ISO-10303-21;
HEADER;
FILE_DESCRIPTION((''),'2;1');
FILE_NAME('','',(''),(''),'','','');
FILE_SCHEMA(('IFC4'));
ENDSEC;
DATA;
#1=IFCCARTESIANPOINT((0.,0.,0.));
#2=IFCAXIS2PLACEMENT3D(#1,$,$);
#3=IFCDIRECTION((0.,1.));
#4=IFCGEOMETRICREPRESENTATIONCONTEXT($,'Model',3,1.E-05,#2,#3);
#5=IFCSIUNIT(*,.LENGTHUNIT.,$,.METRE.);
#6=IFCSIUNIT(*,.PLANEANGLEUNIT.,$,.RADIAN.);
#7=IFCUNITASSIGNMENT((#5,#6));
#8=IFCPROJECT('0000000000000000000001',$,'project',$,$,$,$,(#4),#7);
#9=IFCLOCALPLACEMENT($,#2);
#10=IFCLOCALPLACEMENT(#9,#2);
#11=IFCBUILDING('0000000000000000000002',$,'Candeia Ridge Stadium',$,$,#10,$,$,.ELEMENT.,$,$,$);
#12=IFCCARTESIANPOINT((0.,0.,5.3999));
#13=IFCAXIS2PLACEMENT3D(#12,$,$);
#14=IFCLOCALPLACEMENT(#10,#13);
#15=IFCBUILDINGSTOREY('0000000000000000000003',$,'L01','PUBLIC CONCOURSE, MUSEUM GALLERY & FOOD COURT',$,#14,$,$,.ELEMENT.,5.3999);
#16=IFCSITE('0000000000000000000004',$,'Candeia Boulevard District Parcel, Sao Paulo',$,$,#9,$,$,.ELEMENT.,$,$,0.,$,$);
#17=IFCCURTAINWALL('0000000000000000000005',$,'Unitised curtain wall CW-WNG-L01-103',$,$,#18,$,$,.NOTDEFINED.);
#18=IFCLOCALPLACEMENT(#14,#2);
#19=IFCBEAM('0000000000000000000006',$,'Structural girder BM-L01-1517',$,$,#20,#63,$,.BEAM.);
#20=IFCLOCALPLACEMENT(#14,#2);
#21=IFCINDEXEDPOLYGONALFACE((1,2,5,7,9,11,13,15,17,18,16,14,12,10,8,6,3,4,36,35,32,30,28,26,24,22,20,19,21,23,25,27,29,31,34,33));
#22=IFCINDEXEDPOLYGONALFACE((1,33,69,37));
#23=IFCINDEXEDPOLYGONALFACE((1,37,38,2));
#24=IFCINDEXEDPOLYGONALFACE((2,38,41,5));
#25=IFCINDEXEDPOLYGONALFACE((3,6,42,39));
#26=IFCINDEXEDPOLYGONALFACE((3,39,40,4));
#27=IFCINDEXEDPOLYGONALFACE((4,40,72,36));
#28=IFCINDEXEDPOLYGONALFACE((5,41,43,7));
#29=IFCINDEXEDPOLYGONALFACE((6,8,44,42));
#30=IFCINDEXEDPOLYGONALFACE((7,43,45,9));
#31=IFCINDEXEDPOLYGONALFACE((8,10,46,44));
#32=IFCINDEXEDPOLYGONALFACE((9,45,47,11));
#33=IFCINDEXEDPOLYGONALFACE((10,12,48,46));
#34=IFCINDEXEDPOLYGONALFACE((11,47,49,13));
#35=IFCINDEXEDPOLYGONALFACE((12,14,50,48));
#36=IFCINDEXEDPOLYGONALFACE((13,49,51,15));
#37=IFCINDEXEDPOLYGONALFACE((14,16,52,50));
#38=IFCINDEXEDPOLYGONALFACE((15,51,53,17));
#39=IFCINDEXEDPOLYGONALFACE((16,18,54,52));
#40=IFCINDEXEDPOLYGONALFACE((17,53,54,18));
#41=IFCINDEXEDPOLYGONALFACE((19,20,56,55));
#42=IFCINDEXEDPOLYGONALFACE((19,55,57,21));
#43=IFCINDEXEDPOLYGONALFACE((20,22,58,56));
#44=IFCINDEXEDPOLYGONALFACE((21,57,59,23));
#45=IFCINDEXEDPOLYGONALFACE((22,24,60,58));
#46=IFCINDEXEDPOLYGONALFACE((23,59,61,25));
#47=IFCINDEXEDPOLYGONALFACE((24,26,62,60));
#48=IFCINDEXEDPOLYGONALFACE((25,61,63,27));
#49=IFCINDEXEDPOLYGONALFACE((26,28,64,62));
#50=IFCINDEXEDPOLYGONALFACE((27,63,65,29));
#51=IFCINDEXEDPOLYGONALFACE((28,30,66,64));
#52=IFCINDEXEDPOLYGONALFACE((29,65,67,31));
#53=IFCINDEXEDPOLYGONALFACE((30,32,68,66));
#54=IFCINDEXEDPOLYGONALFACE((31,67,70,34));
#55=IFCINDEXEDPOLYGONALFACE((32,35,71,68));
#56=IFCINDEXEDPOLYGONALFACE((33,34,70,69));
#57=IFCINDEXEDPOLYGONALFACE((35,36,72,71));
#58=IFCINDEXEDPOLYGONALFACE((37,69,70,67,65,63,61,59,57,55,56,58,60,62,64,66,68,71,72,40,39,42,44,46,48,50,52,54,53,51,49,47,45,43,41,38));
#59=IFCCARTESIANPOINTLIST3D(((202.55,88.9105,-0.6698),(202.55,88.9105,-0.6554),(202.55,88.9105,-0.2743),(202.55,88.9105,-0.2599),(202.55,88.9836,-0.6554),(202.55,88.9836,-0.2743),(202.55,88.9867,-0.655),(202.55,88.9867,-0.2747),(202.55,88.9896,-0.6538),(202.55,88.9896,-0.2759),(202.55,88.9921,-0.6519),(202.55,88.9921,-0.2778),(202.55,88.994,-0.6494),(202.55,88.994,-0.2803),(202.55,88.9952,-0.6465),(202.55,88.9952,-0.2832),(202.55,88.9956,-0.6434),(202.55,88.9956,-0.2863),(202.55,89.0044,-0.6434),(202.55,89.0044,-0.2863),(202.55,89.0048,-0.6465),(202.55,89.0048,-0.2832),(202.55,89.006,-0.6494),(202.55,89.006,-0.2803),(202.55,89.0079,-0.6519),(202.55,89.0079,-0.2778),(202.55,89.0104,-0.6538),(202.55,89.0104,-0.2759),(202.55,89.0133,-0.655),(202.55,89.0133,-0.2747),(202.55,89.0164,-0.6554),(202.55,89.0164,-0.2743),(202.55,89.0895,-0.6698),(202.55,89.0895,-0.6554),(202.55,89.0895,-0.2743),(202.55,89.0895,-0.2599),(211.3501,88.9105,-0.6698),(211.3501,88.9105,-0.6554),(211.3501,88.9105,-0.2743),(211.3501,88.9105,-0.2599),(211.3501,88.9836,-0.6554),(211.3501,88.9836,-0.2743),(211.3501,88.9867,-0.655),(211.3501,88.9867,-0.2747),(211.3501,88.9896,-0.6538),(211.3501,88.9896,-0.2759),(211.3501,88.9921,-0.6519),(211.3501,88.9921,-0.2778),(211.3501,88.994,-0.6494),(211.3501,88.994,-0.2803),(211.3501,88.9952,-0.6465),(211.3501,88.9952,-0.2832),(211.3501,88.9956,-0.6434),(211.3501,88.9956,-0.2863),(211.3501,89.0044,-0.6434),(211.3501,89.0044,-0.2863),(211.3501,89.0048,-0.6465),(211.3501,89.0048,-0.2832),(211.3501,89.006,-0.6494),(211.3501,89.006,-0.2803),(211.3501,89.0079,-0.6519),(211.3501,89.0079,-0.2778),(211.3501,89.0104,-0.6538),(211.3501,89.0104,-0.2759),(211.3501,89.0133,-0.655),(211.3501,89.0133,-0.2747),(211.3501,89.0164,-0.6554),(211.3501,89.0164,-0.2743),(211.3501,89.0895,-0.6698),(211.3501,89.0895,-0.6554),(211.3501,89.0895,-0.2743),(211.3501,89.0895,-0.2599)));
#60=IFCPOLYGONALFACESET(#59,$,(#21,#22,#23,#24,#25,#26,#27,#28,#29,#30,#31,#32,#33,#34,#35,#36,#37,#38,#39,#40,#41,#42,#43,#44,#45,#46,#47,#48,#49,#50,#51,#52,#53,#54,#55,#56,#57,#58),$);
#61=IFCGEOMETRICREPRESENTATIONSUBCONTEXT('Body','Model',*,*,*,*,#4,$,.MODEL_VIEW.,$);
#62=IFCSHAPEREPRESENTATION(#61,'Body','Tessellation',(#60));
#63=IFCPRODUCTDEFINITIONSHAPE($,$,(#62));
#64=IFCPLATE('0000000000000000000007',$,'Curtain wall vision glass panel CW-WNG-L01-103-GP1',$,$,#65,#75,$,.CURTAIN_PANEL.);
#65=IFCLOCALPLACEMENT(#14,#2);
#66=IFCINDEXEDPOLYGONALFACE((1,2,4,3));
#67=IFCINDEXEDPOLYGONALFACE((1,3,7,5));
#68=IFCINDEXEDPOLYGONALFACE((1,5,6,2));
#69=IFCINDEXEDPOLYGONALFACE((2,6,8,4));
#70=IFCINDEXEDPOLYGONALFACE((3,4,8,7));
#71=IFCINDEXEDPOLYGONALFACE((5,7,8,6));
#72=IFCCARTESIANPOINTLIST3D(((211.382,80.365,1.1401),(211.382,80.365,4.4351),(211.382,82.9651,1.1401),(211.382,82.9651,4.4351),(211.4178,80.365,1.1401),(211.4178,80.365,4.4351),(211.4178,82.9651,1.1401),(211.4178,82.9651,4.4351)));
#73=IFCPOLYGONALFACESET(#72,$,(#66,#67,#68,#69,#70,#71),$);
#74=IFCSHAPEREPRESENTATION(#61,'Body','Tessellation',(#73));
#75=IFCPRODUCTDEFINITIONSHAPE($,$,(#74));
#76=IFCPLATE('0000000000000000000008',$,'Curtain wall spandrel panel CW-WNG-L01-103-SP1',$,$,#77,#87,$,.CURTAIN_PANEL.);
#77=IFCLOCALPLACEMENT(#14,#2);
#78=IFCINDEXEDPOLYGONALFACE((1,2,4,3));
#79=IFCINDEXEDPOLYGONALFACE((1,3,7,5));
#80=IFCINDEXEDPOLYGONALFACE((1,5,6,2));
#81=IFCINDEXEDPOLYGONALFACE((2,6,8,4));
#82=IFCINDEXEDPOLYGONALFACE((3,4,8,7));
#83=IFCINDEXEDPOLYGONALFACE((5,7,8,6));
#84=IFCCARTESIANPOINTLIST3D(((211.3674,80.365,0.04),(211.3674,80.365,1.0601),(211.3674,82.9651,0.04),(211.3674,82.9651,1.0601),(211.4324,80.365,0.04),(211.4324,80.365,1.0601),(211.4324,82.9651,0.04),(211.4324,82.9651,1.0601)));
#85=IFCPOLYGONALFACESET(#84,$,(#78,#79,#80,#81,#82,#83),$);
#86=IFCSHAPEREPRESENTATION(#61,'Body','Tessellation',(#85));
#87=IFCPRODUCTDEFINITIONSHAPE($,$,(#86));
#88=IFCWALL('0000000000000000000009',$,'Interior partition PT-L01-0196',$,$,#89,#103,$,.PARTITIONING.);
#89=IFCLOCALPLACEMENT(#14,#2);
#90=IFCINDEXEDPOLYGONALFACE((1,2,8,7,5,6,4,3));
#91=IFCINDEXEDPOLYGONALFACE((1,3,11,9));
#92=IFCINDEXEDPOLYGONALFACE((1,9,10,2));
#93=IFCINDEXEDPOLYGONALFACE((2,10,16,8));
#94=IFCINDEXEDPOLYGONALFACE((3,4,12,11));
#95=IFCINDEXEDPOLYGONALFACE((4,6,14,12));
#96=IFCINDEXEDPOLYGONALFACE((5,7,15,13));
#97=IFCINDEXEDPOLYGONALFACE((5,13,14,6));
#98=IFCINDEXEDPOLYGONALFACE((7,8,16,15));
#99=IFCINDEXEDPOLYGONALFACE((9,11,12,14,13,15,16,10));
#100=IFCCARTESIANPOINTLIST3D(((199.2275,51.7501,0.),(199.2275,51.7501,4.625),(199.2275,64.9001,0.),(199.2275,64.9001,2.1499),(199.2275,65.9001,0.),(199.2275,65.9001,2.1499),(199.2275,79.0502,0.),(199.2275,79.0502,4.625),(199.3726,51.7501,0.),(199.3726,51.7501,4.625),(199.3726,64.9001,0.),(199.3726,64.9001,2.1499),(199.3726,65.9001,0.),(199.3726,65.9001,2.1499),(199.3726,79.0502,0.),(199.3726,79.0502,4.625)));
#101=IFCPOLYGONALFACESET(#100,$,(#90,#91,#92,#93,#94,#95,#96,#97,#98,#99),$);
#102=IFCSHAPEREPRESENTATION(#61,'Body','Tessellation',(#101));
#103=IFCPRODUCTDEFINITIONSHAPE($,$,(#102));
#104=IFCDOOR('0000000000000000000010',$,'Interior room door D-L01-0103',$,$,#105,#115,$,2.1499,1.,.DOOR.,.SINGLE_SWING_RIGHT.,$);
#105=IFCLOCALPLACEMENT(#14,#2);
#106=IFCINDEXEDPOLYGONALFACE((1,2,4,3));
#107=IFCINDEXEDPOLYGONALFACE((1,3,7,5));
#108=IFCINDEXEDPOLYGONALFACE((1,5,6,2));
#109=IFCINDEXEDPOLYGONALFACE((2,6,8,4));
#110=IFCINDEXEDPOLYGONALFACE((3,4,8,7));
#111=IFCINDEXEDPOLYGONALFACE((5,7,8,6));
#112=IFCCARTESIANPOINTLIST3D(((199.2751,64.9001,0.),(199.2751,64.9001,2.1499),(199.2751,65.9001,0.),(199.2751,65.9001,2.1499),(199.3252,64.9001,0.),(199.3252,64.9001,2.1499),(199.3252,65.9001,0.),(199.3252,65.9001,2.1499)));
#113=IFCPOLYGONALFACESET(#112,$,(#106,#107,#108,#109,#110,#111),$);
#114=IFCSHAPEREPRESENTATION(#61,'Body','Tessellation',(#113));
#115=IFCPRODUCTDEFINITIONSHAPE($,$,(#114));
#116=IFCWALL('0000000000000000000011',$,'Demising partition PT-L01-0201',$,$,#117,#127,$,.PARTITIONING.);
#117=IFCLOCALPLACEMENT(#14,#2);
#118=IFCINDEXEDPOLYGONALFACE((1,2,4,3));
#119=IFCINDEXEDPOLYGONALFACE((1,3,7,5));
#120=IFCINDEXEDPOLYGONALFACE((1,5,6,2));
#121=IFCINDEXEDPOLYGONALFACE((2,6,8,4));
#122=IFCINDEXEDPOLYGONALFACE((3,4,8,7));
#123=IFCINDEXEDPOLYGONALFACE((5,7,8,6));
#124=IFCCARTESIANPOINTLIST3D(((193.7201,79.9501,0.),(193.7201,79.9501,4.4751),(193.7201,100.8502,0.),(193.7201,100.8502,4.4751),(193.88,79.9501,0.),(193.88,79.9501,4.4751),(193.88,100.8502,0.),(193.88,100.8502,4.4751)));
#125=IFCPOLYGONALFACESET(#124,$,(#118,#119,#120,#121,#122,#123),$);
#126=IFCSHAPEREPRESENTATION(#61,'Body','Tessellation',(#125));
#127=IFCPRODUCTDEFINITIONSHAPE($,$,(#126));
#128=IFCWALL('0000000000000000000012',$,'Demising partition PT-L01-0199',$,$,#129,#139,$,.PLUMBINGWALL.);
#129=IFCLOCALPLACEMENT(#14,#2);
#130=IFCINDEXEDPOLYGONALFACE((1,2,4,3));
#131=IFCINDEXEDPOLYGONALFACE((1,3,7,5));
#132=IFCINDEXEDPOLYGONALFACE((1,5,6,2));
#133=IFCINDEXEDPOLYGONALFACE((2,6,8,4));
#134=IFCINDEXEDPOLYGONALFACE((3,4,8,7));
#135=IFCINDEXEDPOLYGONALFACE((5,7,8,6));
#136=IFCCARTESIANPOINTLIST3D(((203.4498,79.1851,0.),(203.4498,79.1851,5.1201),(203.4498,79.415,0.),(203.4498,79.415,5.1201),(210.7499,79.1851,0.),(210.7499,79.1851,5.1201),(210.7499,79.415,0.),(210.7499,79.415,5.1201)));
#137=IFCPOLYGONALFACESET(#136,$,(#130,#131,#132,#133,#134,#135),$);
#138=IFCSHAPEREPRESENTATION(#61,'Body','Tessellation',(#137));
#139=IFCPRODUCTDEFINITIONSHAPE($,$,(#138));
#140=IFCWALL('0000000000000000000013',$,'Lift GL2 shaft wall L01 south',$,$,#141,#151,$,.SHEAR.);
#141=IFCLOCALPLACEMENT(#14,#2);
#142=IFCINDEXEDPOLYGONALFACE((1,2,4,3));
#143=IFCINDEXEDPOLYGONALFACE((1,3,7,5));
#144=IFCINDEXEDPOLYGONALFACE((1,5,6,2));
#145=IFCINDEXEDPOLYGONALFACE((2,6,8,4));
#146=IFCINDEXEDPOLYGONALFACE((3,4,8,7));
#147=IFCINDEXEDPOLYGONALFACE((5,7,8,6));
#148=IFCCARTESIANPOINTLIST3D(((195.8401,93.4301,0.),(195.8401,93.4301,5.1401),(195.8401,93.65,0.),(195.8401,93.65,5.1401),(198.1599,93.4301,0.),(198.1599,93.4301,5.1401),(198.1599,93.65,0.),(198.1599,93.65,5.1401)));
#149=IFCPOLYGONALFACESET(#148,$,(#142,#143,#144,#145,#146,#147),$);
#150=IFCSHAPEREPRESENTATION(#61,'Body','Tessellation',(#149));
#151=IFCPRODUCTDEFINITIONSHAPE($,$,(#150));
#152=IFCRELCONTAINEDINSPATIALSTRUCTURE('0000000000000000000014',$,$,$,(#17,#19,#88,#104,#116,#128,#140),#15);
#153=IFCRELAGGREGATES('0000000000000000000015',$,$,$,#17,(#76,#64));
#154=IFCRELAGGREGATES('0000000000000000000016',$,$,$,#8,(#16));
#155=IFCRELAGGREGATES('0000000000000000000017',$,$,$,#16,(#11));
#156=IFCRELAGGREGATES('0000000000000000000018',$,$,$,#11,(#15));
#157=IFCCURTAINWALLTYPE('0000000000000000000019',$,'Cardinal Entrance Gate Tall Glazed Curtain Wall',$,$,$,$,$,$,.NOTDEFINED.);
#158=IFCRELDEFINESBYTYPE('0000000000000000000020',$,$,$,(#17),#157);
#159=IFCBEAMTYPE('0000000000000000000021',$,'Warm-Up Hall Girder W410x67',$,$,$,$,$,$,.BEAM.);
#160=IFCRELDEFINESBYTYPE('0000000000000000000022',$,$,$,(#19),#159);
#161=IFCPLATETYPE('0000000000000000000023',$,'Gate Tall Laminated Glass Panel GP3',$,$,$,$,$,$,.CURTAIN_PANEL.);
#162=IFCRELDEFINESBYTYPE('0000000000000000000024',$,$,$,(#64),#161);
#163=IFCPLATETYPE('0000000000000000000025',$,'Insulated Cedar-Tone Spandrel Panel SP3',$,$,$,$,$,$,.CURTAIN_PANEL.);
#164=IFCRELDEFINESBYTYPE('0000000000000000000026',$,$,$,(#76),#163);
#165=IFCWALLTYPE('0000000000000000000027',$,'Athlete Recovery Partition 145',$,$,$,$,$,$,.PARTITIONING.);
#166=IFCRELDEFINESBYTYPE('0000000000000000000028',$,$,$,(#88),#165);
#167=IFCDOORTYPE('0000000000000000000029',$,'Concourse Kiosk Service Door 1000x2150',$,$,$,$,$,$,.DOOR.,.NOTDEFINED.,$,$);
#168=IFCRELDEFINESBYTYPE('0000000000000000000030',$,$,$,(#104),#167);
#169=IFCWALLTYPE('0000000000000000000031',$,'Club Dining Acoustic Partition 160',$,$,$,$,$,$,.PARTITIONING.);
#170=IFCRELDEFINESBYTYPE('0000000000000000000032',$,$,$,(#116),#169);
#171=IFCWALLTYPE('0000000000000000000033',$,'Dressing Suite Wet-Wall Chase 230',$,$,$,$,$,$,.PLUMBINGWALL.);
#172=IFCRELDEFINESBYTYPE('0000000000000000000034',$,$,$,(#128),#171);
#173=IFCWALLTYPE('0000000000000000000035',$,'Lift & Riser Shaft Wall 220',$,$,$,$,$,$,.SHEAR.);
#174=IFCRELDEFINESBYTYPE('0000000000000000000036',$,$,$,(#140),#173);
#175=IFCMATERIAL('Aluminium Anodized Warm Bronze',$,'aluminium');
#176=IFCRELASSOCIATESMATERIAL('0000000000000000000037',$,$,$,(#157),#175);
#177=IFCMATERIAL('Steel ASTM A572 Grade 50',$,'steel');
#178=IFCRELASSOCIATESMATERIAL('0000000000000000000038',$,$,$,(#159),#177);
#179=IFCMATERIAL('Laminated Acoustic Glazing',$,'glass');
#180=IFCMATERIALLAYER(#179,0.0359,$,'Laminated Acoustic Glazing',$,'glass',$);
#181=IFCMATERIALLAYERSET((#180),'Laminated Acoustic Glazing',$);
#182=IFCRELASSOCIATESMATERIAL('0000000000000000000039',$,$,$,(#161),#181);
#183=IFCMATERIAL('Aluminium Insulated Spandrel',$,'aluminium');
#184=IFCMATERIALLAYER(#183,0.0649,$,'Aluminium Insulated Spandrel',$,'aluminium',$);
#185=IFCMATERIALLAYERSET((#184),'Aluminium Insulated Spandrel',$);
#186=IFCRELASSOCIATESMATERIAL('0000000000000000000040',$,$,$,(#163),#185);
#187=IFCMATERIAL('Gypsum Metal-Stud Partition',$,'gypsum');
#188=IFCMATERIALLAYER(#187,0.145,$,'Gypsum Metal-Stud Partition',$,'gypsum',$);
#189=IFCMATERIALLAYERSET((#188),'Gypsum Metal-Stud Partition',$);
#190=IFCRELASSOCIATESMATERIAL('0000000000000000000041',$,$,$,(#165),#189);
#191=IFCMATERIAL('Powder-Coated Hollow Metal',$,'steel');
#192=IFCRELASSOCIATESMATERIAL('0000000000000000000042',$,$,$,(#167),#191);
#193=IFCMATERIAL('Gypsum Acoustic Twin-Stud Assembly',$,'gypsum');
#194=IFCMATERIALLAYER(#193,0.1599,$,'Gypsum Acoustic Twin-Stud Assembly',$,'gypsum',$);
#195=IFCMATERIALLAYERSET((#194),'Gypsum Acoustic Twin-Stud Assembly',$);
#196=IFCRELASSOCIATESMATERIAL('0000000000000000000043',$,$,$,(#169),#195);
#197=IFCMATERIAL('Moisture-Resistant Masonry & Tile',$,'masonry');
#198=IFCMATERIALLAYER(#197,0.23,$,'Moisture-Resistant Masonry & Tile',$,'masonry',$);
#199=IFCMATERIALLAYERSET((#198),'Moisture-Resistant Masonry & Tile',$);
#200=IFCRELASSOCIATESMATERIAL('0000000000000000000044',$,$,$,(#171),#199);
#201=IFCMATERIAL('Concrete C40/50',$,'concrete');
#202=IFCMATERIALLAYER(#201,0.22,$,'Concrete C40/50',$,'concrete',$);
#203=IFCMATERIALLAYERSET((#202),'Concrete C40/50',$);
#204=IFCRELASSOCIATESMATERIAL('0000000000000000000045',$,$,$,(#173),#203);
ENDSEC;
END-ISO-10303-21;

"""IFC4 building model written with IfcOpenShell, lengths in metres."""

from ifc_helpers import new_model, si_unit, direction, frame, frame_2d, origin, origin_2d, place, context, subcontext, project, spatial, rectangle, i_section, extrude, material, layer, layer_set, material_profile, profile_set, type_object, element, fill, aggregate, save


model = new_model("IFC4")

# Units and contexts
model_context = context("Model", 3, precision=1e-05, world=origin(), true_north=direction((0.0, 1.0)))
body_context = subcontext(model_context, "Body", "Model", "MODEL_VIEW")
ifc_project = project(units=[si_unit("LENGTHUNIT", "METRE"), si_unit("PLANEANGLEUNIT", "RADIAN")], contexts=[model_context])

# Site, building, storey
site_placement = place(None, origin())
site = spatial("IfcSite", under=ifc_project, at=site_placement, Name="Candeia Boulevard District Parcel, Sao Paulo", CompositionType="ELEMENT", RefElevation=0.0)
building_placement = place(site_placement, origin())
building = spatial("IfcBuilding", under=site, at=building_placement, Name="Candeia Ridge Stadium", CompositionType="ELEMENT")
storey_placement = place(building_placement, frame((0.0, 0.0, 5.3999)))
storey = spatial("IfcBuildingStorey", under=building, at=storey_placement, Name="L01", Description="PUBLIC CONCOURSE, MUSEUM GALLERY & FOOD COURT", CompositionType="ELEMENT", Elevation=5.3999)

# Shared definitions
ifc_material_1 = material(Name="Concrete C40/50", Category="concrete")

# Curtain wall
ifc_material_2 = material(Name="Aluminium Anodized Warm Bronze", Category="aluminium")
curtain_wall_type = type_object("IfcCurtainWallType", Name="Cardinal Entrance Gate Tall Glazed Curtain Wall", PredefinedType="NOTDEFINED", material=ifc_material_2)
curtain_wall_placement = place(storey_placement, origin())
curtain_wall = element("IfcCurtainWall", 1, at=curtain_wall_placement, inside=storey, type_object=curtain_wall_type, Name="Unitised curtain wall CW-WNG-L01-103", PredefinedType="NOTDEFINED")

# Beam
ifc_material_3 = material(Name="Steel ASTM A572 Grade 50", Category="steel")
ifc_material_profile_1 = material_profile(ifc_material_3, i_section(OverallWidth=0.179, OverallDepth=0.4099, WebThickness=0.0088, FlangeThickness=0.0144, FilletRadius=0.012, at=origin_2d()), Name="W410x67", Category="steel")
ifc_profile_set_1 = profile_set([ifc_material_profile_1], Name="Steel ASTM A572 Grade 50")
beam_type_1 = type_object("IfcBeamType", Name="Warm-Up Hall Girder W410x67", PredefinedType="BEAM", material=ifc_profile_set_1)
for number, where, z_axis, x_axis, name in (
    (2, (202.55, 89.0, -0.4648), (1.0, 0.0, 0.0), (0.0, 1.0, 0.0), "Structural girder BM-L01-1517"),
):
    element("IfcBeam", number, at=place(storey_placement, frame(where, z_axis=z_axis, x_axis=x_axis)), inside=storey, type_object=beam_type_1, Name=name, PredefinedType="BEAM", context=body_context, shape_type="SweptSolid", body=[
        extrude(i_section(OverallWidth=0.179, OverallDepth=0.4099, WebThickness=0.0088, FlangeThickness=0.0144, FilletRadius=0.012, at=origin_2d()), origin(), (0.0, 0.0, 1.0), 8.8),
    ])

# Plates
ifc_material_4 = material(Name="Laminated Acoustic Glazing", Category="glass")
ifc_layer_1 = layer(ifc_material_4, 0.0359, Name="Laminated Acoustic Glazing", Category="glass")
ifc_layer_set_1 = layer_set([ifc_layer_1], Name="Laminated Acoustic Glazing")
plate_type_1 = type_object("IfcPlateType", Name="Gate Tall Laminated Glass Panel GP3", PredefinedType="CURTAIN_PANEL", material=ifc_layer_set_1)
plate_1_placement = place(storey_placement, frame((211.3999, 81.665, 1.1401), z_axis=(0.0, 0.0, 1.0), x_axis=(0.0, 1.0, 0.0)))
plate_1 = element("IfcPlate", 3, at=plate_1_placement, type_object=plate_type_1, Name="Curtain wall vision glass panel CW-WNG-L01-103-GP1", PredefinedType="CURTAIN_PANEL", context=body_context, shape_type="SweptSolid", body=[
    extrude(rectangle(XDim=2.6001, YDim=0.0359, at=origin_2d()), origin(), (0.0, 0.0, 1.0), 3.2949),
])
ifc_material_5 = material(Name="Aluminium Insulated Spandrel", Category="aluminium")
ifc_layer_2 = layer(ifc_material_5, 0.0649, Name="Aluminium Insulated Spandrel", Category="aluminium")
ifc_layer_set_2 = layer_set([ifc_layer_2], Name="Aluminium Insulated Spandrel")
plate_type_2 = type_object("IfcPlateType", Name="Insulated Cedar-Tone Spandrel Panel SP3", PredefinedType="CURTAIN_PANEL", material=ifc_layer_set_2)
plate_2_placement = place(storey_placement, frame((211.3999, 81.665, 0.04), z_axis=(0.0, 0.0, 1.0), x_axis=(0.0, 1.0, 0.0)))
plate_2 = element("IfcPlate", 4, at=plate_2_placement, type_object=plate_type_2, Name="Curtain wall spandrel panel CW-WNG-L01-103-SP1", PredefinedType="CURTAIN_PANEL", context=body_context, shape_type="SweptSolid", body=[
    extrude(rectangle(XDim=2.6001, YDim=0.0649, at=origin_2d()), origin(), (0.0, 0.0, 1.0), 1.02),
])
aggregate(curtain_wall, [plate_2, plate_1])

# Wall, opening, door
ifc_material_6 = material(Name="Gypsum Metal-Stud Partition", Category="gypsum")
ifc_layer_3 = layer(ifc_material_6, 0.145, Name="Gypsum Metal-Stud Partition", Category="gypsum")
ifc_layer_set_3 = layer_set([ifc_layer_3], Name="Gypsum Metal-Stud Partition")
wall_type_1 = type_object("IfcWallType", Name="Athlete Recovery Partition 145", PredefinedType="PARTITIONING", material=ifc_layer_set_3)
wall_1_placement = place(storey_placement, frame((199.3, 79.05, 0.0), z_axis=(0.0, 0.0, 1.0), x_axis=(0.0, -1.0, 0.0)))
wall_1 = element("IfcWall", 5, at=wall_1_placement, inside=storey, type_object=wall_type_1, Name="Interior partition PT-L01-0196", PredefinedType="PARTITIONING", context=body_context, shape_type="SweptSolid", body=[
    extrude(rectangle(XDim=27.3, YDim=0.145, at=frame_2d((13.6499, 0.0))), origin(), (0.0, 0.0, 1.0), 4.625),
])
opening_1_placement = place(wall_1_placement, frame((13.1499, 0.0, 0.0)))
opening_1 = element("IfcOpeningElement", 6, at=opening_1_placement, cuts=wall_1, PredefinedType="OPENING", context=body_context, shape_type="SweptSolid", body=[
    extrude(rectangle(XDim=1.0, YDim=2.1499, at=frame_2d((0.5, 1.075))), frame((0.0, 0.0825, 0.0), z_axis=(0.0, -1.0, 0.0), x_axis=(1.0, 0.0, 0.0)), (0.0, 0.0, 1.0), 0.165),
])
ifc_material_7 = material(Name="Powder-Coated Hollow Metal", Category="steel")
door_type_1 = type_object("IfcDoorType", Name="Concourse Kiosk Service Door 1000x2150", OperationType="NOTDEFINED", PredefinedType="DOOR", material=ifc_material_7)
door_1_placement = place(opening_1_placement, frame((1.0, 0.0, 0.0), z_axis=(0.0, 0.0, 1.0), x_axis=(-1.0, 0.0, 0.0)))
door_1 = element("IfcDoor", 7, at=door_1_placement, inside=storey, type_object=door_type_1, Name="Interior room door D-L01-0103", OperationType="SINGLE_SWING_RIGHT", OverallHeight=2.1499, OverallWidth=1.0, PredefinedType="DOOR", context=body_context, shape_type="SweptSolid", body=[
    extrude(rectangle(XDim=1.0, YDim=2.1499, at=frame_2d((0.5, 1.075))), frame((0.0, 0.0249, 0.0), z_axis=(0.0, -1.0, 0.0), x_axis=(1.0, 0.0, 0.0)), (0.0, 0.0, 1.0), 0.05),
])
fill(opening_1, door_1)

# Walls
ifc_material_8 = material(Name="Gypsum Acoustic Twin-Stud Assembly", Category="gypsum")
ifc_layer_4 = layer(ifc_material_8, 0.1599, Name="Gypsum Acoustic Twin-Stud Assembly", Category="gypsum")
ifc_layer_set_4 = layer_set([ifc_layer_4], Name="Gypsum Acoustic Twin-Stud Assembly")
wall_type_2 = type_object("IfcWallType", Name="Club Dining Acoustic Partition 160", PredefinedType="PARTITIONING", material=ifc_layer_set_4)
wall_2_placement = place(storey_placement, frame((193.8, 79.95, 0.0), z_axis=(0.0, 0.0, 1.0), x_axis=(0.0, 1.0, 0.0)))
element("IfcWall", 8, at=wall_2_placement, inside=storey, type_object=wall_type_2, Name="Demising partition PT-L01-0201", PredefinedType="PARTITIONING", context=body_context, shape_type="SweptSolid", body=[
    extrude(rectangle(XDim=20.9001, YDim=0.1599, at=frame_2d((10.4502, 0.0))), origin(), (0.0, 0.0, 1.0), 4.4751),
])
ifc_material_9 = material(Name="Moisture-Resistant Masonry & Tile", Category="masonry")
ifc_layer_5 = layer(ifc_material_9, 0.23, Name="Moisture-Resistant Masonry & Tile", Category="masonry")
ifc_layer_set_5 = layer_set([ifc_layer_5], Name="Moisture-Resistant Masonry & Tile")
wall_type_3 = type_object("IfcWallType", Name="Dressing Suite Wet-Wall Chase 230", PredefinedType="PLUMBINGWALL", material=ifc_layer_set_5)
wall_3_placement = place(storey_placement, frame((203.45, 79.3, 0.0), z_axis=(0.0, 0.0, 1.0), x_axis=(1.0, 0.0, 0.0)))
element("IfcWall", 9, at=wall_3_placement, inside=storey, type_object=wall_type_3, Name="Demising partition PT-L01-0199", PredefinedType="PLUMBINGWALL", context=body_context, shape_type="SweptSolid", body=[
    extrude(rectangle(XDim=7.3, YDim=0.23, at=frame_2d((3.6499, 0.0))), origin(), (0.0, 0.0, 1.0), 5.1201),
])
ifc_layer_6 = layer(ifc_material_1, 0.22, Name="Concrete C40/50", Category="concrete")
ifc_layer_set_6 = layer_set([ifc_layer_6], Name="Concrete C40/50")
wall_type_4 = type_object("IfcWallType", Name="Lift & Riser Shaft Wall 220", PredefinedType="SHEAR", material=ifc_layer_set_6)
wall_4_placement = place(storey_placement, frame((195.8401, 93.54, 0.0), z_axis=(0.0, 0.0, 1.0), x_axis=(1.0, 0.0, 0.0)))
element("IfcWall", 10, at=wall_4_placement, inside=storey, type_object=wall_type_4, Name="Lift GL2 shaft wall L01 south", PredefinedType="SHEAR", context=body_context, shape_type="SweptSolid", body=[
    extrude(rectangle(XDim=2.3198, YDim=0.22, at=frame_2d((1.1599, 0.0))), origin(), (0.0, 0.0, 1.0), 5.1401),
])

save(model, "model.ifc")
